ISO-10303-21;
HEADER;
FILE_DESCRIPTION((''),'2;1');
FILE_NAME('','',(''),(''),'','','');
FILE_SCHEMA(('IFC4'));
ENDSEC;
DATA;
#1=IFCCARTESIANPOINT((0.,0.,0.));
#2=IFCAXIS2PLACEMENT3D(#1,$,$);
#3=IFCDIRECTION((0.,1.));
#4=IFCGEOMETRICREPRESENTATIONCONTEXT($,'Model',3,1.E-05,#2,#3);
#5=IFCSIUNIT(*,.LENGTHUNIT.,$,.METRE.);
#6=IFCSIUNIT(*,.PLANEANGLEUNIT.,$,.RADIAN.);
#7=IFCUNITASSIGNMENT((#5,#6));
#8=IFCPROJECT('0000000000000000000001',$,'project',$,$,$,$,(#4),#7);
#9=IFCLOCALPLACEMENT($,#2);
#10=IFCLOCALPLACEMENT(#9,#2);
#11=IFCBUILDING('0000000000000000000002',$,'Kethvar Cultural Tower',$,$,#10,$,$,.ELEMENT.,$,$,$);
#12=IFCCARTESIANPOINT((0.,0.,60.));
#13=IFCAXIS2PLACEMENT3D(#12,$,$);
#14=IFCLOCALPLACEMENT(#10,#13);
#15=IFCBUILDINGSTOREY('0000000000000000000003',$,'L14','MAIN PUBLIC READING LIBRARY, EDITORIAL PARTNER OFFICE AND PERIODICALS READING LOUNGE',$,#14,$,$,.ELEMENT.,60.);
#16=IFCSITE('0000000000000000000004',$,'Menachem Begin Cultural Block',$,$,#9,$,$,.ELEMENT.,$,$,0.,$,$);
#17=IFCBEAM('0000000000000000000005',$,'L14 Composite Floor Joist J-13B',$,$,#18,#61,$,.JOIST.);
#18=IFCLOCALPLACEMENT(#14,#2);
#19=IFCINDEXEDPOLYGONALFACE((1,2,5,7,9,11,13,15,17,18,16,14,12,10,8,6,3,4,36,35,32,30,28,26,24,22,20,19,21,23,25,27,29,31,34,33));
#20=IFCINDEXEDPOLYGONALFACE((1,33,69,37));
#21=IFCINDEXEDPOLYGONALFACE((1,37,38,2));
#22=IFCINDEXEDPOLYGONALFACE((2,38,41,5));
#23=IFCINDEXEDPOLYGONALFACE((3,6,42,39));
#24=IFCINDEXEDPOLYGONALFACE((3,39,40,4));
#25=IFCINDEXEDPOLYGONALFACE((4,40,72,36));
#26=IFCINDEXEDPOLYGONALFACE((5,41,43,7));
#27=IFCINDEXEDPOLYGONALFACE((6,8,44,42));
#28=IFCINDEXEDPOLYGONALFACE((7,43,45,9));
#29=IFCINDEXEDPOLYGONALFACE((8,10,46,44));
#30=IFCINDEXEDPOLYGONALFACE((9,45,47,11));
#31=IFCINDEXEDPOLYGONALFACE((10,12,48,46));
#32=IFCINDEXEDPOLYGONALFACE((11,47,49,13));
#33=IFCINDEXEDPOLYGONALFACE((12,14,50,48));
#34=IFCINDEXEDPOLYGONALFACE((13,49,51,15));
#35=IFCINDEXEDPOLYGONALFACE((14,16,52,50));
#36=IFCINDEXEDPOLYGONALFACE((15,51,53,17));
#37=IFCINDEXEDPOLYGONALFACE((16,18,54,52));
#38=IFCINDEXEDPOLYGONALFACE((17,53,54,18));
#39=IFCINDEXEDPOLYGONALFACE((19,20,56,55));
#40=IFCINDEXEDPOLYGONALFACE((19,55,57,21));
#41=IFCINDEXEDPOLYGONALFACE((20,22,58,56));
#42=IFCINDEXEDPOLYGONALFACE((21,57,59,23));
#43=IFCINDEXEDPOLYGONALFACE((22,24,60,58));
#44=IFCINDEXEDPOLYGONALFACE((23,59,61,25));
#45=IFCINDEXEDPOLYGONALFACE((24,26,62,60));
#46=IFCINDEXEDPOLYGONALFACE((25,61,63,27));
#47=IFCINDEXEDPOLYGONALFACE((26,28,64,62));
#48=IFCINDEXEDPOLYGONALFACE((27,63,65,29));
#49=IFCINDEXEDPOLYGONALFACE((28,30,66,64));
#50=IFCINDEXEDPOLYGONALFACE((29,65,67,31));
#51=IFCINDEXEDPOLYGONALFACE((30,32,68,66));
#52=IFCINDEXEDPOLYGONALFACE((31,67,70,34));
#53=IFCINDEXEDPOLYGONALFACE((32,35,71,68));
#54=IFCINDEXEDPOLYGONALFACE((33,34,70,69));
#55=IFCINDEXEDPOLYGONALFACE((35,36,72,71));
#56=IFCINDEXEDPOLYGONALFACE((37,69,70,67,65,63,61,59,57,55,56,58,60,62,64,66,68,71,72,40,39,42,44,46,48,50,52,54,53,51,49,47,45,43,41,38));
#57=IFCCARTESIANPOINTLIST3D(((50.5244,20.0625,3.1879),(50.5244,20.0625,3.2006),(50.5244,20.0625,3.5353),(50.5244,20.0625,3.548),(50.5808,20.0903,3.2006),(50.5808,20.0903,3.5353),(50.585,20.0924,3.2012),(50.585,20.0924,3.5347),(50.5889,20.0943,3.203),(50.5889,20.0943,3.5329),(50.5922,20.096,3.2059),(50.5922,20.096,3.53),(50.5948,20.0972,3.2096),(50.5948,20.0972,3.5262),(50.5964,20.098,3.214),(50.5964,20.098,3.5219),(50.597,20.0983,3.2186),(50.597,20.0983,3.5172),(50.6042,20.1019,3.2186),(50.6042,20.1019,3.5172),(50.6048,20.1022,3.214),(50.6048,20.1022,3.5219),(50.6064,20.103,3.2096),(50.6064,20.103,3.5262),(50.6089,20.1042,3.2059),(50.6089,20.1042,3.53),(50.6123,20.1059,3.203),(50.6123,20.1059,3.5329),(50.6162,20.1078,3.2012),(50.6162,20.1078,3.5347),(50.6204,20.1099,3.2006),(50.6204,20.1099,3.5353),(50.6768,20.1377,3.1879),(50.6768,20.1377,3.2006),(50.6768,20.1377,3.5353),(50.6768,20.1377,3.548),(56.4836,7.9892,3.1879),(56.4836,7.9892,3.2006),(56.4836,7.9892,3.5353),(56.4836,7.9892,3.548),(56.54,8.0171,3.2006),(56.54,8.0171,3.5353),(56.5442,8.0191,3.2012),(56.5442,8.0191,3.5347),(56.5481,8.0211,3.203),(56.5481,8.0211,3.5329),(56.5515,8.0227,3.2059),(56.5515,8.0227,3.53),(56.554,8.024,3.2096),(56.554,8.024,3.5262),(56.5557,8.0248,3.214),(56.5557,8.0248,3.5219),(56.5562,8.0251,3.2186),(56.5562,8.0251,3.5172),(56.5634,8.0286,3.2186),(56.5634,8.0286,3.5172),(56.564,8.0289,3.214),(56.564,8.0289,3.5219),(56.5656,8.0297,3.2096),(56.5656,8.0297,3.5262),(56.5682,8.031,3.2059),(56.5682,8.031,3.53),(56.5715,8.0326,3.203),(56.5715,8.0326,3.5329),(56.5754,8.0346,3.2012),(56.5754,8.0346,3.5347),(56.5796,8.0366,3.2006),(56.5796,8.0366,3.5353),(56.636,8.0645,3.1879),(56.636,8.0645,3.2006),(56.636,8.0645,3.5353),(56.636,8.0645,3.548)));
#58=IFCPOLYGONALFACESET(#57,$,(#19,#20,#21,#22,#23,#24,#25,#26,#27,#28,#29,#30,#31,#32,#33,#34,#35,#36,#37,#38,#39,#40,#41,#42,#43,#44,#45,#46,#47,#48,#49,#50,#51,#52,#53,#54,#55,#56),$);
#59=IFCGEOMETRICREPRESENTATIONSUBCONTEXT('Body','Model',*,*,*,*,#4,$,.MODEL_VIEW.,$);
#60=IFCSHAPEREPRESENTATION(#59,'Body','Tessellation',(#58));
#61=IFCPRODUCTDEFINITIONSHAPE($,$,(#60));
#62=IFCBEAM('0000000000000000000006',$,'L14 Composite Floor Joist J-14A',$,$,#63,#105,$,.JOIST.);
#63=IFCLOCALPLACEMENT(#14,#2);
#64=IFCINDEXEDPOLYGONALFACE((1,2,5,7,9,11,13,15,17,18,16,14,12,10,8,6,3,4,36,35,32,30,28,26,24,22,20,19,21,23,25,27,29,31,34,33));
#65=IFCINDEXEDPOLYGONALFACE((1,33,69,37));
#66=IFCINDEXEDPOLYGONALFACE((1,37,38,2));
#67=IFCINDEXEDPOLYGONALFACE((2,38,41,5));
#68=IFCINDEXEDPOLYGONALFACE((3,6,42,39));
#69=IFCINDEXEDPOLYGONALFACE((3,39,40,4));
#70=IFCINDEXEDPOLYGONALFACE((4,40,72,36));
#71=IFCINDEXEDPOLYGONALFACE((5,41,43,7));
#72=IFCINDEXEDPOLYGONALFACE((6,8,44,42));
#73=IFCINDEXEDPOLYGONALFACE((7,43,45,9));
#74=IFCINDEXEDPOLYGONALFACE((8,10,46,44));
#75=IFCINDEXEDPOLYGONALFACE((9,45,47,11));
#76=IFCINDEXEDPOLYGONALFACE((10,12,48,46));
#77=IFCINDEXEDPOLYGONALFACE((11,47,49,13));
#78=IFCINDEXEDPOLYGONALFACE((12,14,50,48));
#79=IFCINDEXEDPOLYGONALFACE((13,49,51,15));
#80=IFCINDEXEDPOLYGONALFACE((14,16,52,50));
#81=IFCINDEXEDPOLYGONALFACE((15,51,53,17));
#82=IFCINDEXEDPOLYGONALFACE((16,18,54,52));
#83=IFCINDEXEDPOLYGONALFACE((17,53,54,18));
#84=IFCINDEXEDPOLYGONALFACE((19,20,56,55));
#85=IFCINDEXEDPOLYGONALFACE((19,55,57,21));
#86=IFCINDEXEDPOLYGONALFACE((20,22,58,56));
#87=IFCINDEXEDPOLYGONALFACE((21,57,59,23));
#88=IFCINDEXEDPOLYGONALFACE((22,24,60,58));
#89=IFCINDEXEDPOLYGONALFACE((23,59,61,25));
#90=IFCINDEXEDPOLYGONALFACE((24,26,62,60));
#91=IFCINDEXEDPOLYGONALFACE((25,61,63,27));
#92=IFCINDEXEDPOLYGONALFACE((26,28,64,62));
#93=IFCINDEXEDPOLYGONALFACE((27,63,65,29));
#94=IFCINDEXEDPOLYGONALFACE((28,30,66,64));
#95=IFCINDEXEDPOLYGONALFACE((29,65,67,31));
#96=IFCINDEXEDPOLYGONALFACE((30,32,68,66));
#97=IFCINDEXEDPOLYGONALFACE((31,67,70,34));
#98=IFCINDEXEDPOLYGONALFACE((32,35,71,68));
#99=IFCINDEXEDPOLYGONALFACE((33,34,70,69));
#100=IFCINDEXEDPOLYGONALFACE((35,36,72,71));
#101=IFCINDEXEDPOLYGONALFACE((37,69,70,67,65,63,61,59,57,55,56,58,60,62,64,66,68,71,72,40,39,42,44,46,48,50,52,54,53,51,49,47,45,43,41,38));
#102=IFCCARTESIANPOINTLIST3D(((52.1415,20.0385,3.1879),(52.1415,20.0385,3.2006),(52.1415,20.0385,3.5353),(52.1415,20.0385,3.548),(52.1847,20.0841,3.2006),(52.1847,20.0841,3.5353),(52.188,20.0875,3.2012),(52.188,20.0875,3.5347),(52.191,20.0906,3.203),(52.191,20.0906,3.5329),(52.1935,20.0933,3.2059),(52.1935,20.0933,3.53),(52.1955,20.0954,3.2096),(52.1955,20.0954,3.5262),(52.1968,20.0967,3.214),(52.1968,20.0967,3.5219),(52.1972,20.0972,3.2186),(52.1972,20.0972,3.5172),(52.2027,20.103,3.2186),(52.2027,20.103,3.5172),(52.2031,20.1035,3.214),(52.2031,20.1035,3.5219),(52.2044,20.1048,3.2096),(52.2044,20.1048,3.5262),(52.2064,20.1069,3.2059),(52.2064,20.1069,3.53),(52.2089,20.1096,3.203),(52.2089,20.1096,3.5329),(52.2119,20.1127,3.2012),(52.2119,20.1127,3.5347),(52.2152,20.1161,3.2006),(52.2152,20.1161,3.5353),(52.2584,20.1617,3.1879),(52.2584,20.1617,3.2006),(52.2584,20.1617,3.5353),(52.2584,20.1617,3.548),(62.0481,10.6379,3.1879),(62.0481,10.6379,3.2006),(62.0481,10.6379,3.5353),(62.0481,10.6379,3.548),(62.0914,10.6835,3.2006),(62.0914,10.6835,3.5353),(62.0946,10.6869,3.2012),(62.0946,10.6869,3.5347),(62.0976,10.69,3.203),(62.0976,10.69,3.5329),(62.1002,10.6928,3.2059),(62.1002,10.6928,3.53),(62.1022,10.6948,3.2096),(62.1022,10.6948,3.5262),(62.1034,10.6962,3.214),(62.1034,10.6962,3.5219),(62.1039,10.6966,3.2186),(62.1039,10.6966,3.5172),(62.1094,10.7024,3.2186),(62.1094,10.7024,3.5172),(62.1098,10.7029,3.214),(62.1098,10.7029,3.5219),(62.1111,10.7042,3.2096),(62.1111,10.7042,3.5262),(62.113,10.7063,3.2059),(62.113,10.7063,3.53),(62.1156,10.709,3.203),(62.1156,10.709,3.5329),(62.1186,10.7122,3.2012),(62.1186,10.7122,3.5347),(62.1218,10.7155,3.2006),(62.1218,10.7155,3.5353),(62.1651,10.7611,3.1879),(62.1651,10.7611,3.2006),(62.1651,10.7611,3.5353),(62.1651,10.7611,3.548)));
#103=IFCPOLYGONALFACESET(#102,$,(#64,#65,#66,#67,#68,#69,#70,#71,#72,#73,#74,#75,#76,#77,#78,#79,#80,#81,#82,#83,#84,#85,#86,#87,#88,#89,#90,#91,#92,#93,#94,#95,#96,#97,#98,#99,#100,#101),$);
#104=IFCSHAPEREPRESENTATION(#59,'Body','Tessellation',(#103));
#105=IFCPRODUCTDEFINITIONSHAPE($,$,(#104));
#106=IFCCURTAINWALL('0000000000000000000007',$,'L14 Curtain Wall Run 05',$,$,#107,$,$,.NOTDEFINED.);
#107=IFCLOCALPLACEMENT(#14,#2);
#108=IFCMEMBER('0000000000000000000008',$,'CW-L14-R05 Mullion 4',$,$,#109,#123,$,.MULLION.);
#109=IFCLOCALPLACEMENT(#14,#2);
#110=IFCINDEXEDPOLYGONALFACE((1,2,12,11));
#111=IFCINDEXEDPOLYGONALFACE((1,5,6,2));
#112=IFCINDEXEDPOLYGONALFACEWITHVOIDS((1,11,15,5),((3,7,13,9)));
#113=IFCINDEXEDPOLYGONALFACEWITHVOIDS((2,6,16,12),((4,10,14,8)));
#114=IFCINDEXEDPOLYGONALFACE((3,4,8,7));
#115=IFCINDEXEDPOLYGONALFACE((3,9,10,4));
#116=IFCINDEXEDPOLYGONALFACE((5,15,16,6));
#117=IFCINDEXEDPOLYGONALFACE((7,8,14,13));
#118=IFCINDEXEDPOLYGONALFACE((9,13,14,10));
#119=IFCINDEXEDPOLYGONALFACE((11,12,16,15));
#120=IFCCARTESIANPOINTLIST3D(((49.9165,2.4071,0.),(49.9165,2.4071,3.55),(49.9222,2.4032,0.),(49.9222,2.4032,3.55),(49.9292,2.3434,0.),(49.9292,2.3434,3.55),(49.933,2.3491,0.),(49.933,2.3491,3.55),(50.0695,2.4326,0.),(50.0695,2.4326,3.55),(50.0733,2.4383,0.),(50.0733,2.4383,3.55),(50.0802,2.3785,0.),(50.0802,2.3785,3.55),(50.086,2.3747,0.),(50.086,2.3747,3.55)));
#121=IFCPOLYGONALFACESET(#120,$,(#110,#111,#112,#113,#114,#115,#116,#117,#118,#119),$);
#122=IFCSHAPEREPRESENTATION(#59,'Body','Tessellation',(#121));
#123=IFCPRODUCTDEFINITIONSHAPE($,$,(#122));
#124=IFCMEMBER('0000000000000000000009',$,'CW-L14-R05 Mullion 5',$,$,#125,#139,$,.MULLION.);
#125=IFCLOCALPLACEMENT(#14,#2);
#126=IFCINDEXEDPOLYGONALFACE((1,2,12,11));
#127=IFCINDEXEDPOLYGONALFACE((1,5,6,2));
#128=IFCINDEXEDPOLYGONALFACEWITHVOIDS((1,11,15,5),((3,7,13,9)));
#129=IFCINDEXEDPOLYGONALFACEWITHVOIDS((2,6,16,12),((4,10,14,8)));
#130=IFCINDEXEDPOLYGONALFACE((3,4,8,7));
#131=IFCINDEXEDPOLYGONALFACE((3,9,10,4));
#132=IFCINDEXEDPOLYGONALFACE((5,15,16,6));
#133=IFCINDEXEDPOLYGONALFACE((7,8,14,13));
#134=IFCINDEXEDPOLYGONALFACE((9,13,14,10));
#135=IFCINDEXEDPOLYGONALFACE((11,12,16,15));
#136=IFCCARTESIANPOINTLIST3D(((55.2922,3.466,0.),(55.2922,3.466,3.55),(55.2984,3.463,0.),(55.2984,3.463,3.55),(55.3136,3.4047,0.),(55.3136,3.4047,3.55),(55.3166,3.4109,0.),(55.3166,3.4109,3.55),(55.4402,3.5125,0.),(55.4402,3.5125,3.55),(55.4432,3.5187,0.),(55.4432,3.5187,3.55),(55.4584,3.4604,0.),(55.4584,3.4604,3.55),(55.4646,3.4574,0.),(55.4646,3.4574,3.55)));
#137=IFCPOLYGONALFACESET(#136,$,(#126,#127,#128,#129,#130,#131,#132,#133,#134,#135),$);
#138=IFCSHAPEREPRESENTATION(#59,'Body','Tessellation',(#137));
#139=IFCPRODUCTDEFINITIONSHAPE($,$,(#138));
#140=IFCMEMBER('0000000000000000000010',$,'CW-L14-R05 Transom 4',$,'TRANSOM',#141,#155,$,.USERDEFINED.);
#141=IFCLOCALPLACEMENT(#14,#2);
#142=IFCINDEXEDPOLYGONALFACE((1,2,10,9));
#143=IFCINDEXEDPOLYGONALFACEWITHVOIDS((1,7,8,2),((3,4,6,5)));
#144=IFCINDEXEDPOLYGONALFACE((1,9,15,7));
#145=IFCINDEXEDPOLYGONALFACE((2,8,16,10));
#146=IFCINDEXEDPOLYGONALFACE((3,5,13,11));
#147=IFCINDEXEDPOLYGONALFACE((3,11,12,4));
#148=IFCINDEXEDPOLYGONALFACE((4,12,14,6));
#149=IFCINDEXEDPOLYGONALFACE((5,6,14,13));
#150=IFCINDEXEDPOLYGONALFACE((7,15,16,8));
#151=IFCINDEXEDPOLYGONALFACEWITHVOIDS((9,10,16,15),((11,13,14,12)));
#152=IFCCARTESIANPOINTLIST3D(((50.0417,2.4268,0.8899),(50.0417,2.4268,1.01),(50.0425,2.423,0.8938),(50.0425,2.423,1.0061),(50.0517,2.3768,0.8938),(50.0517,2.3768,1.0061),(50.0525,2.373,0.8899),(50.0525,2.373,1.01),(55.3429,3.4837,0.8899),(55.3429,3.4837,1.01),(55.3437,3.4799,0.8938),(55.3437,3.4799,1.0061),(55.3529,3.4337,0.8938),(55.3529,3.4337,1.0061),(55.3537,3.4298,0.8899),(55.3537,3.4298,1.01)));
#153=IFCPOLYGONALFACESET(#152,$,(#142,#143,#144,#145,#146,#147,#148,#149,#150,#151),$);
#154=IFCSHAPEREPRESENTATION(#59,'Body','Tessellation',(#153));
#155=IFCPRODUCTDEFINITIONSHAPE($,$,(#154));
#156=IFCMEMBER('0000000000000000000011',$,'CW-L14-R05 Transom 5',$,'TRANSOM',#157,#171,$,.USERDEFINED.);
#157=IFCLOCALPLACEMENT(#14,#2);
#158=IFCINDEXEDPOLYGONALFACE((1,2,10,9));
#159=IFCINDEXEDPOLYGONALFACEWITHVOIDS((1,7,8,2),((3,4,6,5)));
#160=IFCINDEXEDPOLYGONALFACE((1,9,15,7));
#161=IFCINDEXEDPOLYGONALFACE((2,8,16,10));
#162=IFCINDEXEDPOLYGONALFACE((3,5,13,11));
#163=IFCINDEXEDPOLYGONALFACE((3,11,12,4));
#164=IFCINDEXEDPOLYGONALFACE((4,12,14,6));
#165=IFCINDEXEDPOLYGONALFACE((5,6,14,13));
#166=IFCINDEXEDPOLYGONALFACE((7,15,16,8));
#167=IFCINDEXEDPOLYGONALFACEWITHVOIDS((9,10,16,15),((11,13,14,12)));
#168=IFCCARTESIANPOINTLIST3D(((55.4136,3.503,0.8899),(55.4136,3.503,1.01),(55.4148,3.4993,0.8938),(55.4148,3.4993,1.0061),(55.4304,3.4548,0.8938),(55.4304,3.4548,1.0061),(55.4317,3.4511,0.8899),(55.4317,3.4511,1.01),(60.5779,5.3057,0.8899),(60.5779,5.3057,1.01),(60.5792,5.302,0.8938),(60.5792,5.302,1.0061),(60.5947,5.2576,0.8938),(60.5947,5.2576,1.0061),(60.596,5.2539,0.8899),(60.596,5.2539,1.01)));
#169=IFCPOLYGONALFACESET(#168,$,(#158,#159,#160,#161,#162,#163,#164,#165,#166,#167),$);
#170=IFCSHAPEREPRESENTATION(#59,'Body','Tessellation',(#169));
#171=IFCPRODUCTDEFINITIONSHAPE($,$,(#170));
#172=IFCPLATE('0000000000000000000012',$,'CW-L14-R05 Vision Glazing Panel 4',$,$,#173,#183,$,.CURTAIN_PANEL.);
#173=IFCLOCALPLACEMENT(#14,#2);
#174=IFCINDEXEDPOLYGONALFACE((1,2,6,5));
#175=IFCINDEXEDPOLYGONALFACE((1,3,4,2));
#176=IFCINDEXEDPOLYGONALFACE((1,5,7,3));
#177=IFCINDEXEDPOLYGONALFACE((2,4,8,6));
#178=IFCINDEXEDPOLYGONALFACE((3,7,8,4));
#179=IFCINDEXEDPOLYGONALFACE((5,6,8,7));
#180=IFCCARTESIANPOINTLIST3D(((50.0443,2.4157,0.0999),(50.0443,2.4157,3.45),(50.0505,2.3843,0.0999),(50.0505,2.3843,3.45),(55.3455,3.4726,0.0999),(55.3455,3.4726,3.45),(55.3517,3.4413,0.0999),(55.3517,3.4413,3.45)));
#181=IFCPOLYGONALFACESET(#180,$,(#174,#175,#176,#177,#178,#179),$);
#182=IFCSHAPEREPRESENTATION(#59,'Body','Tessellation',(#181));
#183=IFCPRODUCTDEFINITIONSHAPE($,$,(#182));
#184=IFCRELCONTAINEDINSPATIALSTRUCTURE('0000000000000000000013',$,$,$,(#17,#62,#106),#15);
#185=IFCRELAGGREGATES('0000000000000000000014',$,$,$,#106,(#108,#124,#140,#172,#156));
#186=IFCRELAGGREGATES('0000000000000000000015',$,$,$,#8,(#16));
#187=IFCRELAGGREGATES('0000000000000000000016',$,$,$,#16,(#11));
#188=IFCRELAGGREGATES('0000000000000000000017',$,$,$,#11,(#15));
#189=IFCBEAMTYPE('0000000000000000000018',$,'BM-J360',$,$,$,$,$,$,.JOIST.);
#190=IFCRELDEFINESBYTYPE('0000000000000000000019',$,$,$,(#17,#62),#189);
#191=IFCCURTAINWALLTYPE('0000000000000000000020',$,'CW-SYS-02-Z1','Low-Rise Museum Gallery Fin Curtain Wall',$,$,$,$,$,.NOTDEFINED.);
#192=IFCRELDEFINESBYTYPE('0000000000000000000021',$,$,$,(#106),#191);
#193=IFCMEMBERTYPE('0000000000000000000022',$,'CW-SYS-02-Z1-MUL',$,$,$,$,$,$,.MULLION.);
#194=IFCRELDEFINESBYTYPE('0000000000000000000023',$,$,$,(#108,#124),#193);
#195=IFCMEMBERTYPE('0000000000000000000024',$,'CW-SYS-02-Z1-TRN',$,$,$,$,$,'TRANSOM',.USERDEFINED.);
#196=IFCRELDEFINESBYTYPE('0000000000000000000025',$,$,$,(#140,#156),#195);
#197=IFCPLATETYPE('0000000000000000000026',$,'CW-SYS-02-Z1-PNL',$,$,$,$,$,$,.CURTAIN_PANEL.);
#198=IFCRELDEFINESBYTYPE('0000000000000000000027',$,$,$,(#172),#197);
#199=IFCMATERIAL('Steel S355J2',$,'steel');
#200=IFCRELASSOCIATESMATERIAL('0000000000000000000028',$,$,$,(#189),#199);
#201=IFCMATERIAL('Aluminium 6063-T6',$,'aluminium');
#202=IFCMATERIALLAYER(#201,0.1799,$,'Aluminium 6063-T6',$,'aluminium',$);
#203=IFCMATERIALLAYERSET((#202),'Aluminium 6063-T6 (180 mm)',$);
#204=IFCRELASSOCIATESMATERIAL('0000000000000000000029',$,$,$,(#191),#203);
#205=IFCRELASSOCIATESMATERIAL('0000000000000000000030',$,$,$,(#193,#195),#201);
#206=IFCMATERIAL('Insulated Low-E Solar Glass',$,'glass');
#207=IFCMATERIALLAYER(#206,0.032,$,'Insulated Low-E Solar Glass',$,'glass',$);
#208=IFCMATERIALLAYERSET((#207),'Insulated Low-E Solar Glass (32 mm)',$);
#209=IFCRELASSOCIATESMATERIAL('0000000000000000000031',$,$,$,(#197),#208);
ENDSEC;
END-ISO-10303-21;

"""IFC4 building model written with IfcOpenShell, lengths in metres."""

from ifc_helpers import new_model, si_unit, direction, frame, origin, origin_2d, place, context, subcontext, project, spatial, rectangle, hollow_rectangle, i_section, extrude, source, transform, mapped, material, layer, layer_set, material_profile, profile_set, type_object, element, aggregate, save


model = new_model("IFC4")

# Units and contexts
model_context = context("Model", 3, precision=1e-05, world=origin(), true_north=direction((0.0, 1.0)))
body_context = subcontext(model_context, "Body", "Model", "MODEL_VIEW")
ifc_project = project(units=[si_unit("LENGTHUNIT", "METRE"), si_unit("PLANEANGLEUNIT", "RADIAN")], contexts=[model_context])

# Site, building, storey
site_placement = place(None, origin())
site = spatial("IfcSite", under=ifc_project, at=site_placement, Name="Menachem Begin Cultural Block", CompositionType="ELEMENT", RefElevation=0.0)
building_placement = place(site_placement, origin())
building = spatial("IfcBuilding", under=site, at=building_placement, Name="Kethvar Cultural Tower", CompositionType="ELEMENT")
storey_placement = place(building_placement, frame((0.0, 0.0, 60.0)))
storey = spatial("IfcBuildingStorey", under=building, at=storey_placement, Name="L14", Description="MAIN PUBLIC READING LIBRARY, EDITORIAL PARTNER OFFICE AND PERIODICALS READING LOUNGE", CompositionType="ELEMENT", Elevation=60.0)

# Beams
ifc_material_1 = material(Name="Steel S355J2", Category="steel")
ifc_material_profile_1 = material_profile(ifc_material_1, i_section(OverallWidth=0.1699, OverallDepth=0.3601, WebThickness=0.0081, FlangeThickness=0.0127, FilletRadius=0.0181, at=origin_2d()), Name="Steel S355J2 — IPE360")
ifc_profile_set_1 = profile_set([ifc_material_profile_1], Name="Steel S355J2 — IPE360")
beam_type_1 = type_object("IfcBeamType", Name="BM-J360", PredefinedType="JOIST", material=ifc_profile_set_1)
shared_shape_1 = source(origin(), body_context, "Body", "SweptSolid", [
    extrude(i_section(OverallWidth=0.1699, OverallDepth=0.3601, WebThickness=0.0081, FlangeThickness=0.0127, FilletRadius=0.0181, at=origin_2d()), origin(), (0.0, 0.0, 1.0), 13.4639),
])
beam_1_placement = place(storey_placement, frame((50.6006, 20.1001, 3.3679), z_axis=(0.442609, -0.896715, 0.0), x_axis=(0.896715, 0.442609, 0.0)))
element("IfcBeam", 1, at=beam_1_placement, inside=storey, type_object=beam_type_1, Name="L14 Composite Floor Joist J-13B", PredefinedType="JOIST", context=body_context, shape_type="MappedRepresentation", body=[
    mapped(shared_shape_1, transform((0.0, 0.0, 0.0), scale=1.0)),
])
shared_shape_2 = source(origin(), body_context, "Body", "SweptSolid", [
    extrude(i_section(OverallWidth=0.1699, OverallDepth=0.3601, WebThickness=0.0081, FlangeThickness=0.0127, FilletRadius=0.0181, at=origin_2d()), origin(), (0.0, 0.0, 1.0), 13.657),
])
beam_2_placement = place(storey_placement, frame((52.2, 20.1001, 3.3679), z_axis=(0.725393, -0.688335, 0.0), x_axis=(0.688335, 0.725393, 0.0)))
element("IfcBeam", 2, at=beam_2_placement, inside=storey, type_object=beam_type_1, Name="L14 Composite Floor Joist J-14A", PredefinedType="JOIST", context=body_context, shape_type="MappedRepresentation", body=[
    mapped(shared_shape_2, transform((0.0, 0.0, 0.0), scale=1.0)),
])

# Curtain wall, members, plate
ifc_material_2 = material(Name="Aluminium 6063-T6", Category="aluminium")
ifc_layer_1 = layer(ifc_material_2, 0.1799, Name="Aluminium 6063-T6", Category="aluminium")
ifc_layer_set_1 = layer_set([ifc_layer_1], Name="Aluminium 6063-T6 (180 mm)")
curtain_wall_type = type_object("IfcCurtainWallType", Name="CW-SYS-02-Z1", Description="Low-Rise Museum Gallery Fin Curtain Wall", PredefinedType="NOTDEFINED", material=ifc_layer_set_1)
curtain_wall_placement = place(storey_placement, origin())
curtain_wall = element("IfcCurtainWall", 3, at=curtain_wall_placement, inside=storey, type_object=curtain_wall_type, Name="L14 Curtain Wall Run 05", PredefinedType="NOTDEFINED")
ifc_material_profile_2 = material_profile(ifc_material_2, hollow_rectangle(XDim=0.0649, YDim=0.1599, WallThickness=0.0049, at=origin_2d()), Name="Aluminium 6063-T6 — RHS160x65x5")
ifc_profile_set_2 = profile_set([ifc_material_profile_2], Name="Aluminium 6063-T6 — RHS160x65x5")
member_type_1 = type_object("IfcMemberType", Name="CW-SYS-02-Z1-MUL", PredefinedType="MULLION", material=ifc_profile_set_2)
shared_shape_3 = source(origin(), body_context, "Body", "SweptSolid", [
    extrude(hollow_rectangle(XDim=0.0649, YDim=0.1599, WallThickness=0.0049, at=origin_2d()), origin(), (0.0, 0.0, 1.0), 3.55),
])
member_1_placement = place(storey_placement, frame((50.0012, 2.3909, 0.0), z_axis=(0.0, 0.0, 1.0), x_axis=(-0.195535, 0.980697, 0.0)))
member_1 = element("IfcMember", 4, at=member_1_placement, type_object=member_type_1, Name="CW-L14-R05 Mullion 4", PredefinedType="MULLION", context=body_context, shape_type="MappedRepresentation", body=[
    mapped(shared_shape_3, transform((0.0, 0.0, 0.0), scale=1.0)),
])
member_2_placement = place(storey_placement, frame((55.3784, 3.4617, 0.0), z_axis=(0.0, 0.0, 1.0), x_axis=(-0.329575, 0.944129, 0.0)))
member_2 = element("IfcMember", 5, at=member_2_placement, type_object=member_type_1, Name="CW-L14-R05 Mullion 5", PredefinedType="MULLION", context=body_context, shape_type="MappedRepresentation", body=[
    mapped(shared_shape_3, transform((0.0, 0.0, 0.0), scale=1.0)),
])
ifc_material_profile_3 = material_profile(ifc_material_2, hollow_rectangle(XDim=0.0549, YDim=0.1201, WallThickness=0.0039, at=origin_2d()), Name="Aluminium 6063-T6 — RHS120x55x4")
ifc_profile_set_3 = profile_set([ifc_material_profile_3], Name="Aluminium 6063-T6 — RHS120x55x4")
member_type_2 = type_object("IfcMemberType", Name="CW-SYS-02-Z1-TRN", ElementType="TRANSOM", PredefinedType="USERDEFINED", material=ifc_profile_set_3)
shared_shape_4 = source(origin(), body_context, "Body", "SweptSolid", [
    extrude(hollow_rectangle(XDim=0.0549, YDim=0.1201, WallThickness=0.0039, at=origin_2d()), origin(), (0.0, 0.0, 1.0), 5.4055),
])
member_3_placement = place(storey_placement, frame((50.0471, 2.3999, 0.95), z_axis=(0.9807, 0.195517, 0.0), x_axis=(-0.195517, 0.9807, 0.0)))
member_3 = element("IfcMember", 6, at=member_3_placement, type_object=member_type_2, Name="CW-L14-R05 Transom 4", ObjectType="TRANSOM", PredefinedType="USERDEFINED", context=body_context, shape_type="MappedRepresentation", body=[
    mapped(shared_shape_4, transform((0.0, 0.0, 0.0), scale=1.0)),
])
shared_shape_5 = source(origin(), body_context, "Body", "SweptSolid", [
    extrude(hollow_rectangle(XDim=0.0549, YDim=0.1201, WallThickness=0.0039, at=origin_2d()), origin(), (0.0, 0.0, 1.0), 5.47),
])
member_4_placement = place(storey_placement, frame((55.4226, 3.4771, 0.95), z_axis=(0.94413, 0.329573, 0.0), x_axis=(-0.329573, 0.94413, 0.0)))
member_4 = element("IfcMember", 7, at=member_4_placement, type_object=member_type_2, Name="CW-L14-R05 Transom 5", ObjectType="TRANSOM", PredefinedType="USERDEFINED", context=body_context, shape_type="MappedRepresentation", body=[
    mapped(shared_shape_5, transform((0.0, 0.0, 0.0), scale=1.0)),
])
ifc_material_3 = material(Name="Insulated Low-E Solar Glass", Category="glass")
ifc_layer_2 = layer(ifc_material_3, 0.032, Name="Insulated Low-E Solar Glass", Category="glass")
ifc_layer_set_2 = layer_set([ifc_layer_2], Name="Insulated Low-E Solar Glass (32 mm)")
plate_type = type_object("IfcPlateType", Name="CW-SYS-02-Z1-PNL", PredefinedType="CURTAIN_PANEL", material=ifc_layer_set_2)
shared_shape_6 = source(origin(), body_context, "Body", "SweptSolid", [
    extrude(rectangle(XDim=5.4055, YDim=0.032, at=origin_2d()), origin(), (0.0, 0.0, 1.0), 3.3501),
])
plate_1_placement = place(storey_placement, frame((52.698, 2.9285, 0.0999), z_axis=(0.0, 0.0, 1.0), x_axis=(0.980697, 0.195535, 0.0)))
plate_1 = element("IfcPlate", 8, at=plate_1_placement, type_object=plate_type, Name="CW-L14-R05 Vision Glazing Panel 4", PredefinedType="CURTAIN_PANEL", context=body_context, shape_type="MappedRepresentation", body=[
    mapped(shared_shape_6, transform((0.0, 0.0, 0.0), scale=1.0)),
])
aggregate(curtain_wall, [member_1, member_2, member_3, plate_1, member_4])

save(model, "model.ifc")
